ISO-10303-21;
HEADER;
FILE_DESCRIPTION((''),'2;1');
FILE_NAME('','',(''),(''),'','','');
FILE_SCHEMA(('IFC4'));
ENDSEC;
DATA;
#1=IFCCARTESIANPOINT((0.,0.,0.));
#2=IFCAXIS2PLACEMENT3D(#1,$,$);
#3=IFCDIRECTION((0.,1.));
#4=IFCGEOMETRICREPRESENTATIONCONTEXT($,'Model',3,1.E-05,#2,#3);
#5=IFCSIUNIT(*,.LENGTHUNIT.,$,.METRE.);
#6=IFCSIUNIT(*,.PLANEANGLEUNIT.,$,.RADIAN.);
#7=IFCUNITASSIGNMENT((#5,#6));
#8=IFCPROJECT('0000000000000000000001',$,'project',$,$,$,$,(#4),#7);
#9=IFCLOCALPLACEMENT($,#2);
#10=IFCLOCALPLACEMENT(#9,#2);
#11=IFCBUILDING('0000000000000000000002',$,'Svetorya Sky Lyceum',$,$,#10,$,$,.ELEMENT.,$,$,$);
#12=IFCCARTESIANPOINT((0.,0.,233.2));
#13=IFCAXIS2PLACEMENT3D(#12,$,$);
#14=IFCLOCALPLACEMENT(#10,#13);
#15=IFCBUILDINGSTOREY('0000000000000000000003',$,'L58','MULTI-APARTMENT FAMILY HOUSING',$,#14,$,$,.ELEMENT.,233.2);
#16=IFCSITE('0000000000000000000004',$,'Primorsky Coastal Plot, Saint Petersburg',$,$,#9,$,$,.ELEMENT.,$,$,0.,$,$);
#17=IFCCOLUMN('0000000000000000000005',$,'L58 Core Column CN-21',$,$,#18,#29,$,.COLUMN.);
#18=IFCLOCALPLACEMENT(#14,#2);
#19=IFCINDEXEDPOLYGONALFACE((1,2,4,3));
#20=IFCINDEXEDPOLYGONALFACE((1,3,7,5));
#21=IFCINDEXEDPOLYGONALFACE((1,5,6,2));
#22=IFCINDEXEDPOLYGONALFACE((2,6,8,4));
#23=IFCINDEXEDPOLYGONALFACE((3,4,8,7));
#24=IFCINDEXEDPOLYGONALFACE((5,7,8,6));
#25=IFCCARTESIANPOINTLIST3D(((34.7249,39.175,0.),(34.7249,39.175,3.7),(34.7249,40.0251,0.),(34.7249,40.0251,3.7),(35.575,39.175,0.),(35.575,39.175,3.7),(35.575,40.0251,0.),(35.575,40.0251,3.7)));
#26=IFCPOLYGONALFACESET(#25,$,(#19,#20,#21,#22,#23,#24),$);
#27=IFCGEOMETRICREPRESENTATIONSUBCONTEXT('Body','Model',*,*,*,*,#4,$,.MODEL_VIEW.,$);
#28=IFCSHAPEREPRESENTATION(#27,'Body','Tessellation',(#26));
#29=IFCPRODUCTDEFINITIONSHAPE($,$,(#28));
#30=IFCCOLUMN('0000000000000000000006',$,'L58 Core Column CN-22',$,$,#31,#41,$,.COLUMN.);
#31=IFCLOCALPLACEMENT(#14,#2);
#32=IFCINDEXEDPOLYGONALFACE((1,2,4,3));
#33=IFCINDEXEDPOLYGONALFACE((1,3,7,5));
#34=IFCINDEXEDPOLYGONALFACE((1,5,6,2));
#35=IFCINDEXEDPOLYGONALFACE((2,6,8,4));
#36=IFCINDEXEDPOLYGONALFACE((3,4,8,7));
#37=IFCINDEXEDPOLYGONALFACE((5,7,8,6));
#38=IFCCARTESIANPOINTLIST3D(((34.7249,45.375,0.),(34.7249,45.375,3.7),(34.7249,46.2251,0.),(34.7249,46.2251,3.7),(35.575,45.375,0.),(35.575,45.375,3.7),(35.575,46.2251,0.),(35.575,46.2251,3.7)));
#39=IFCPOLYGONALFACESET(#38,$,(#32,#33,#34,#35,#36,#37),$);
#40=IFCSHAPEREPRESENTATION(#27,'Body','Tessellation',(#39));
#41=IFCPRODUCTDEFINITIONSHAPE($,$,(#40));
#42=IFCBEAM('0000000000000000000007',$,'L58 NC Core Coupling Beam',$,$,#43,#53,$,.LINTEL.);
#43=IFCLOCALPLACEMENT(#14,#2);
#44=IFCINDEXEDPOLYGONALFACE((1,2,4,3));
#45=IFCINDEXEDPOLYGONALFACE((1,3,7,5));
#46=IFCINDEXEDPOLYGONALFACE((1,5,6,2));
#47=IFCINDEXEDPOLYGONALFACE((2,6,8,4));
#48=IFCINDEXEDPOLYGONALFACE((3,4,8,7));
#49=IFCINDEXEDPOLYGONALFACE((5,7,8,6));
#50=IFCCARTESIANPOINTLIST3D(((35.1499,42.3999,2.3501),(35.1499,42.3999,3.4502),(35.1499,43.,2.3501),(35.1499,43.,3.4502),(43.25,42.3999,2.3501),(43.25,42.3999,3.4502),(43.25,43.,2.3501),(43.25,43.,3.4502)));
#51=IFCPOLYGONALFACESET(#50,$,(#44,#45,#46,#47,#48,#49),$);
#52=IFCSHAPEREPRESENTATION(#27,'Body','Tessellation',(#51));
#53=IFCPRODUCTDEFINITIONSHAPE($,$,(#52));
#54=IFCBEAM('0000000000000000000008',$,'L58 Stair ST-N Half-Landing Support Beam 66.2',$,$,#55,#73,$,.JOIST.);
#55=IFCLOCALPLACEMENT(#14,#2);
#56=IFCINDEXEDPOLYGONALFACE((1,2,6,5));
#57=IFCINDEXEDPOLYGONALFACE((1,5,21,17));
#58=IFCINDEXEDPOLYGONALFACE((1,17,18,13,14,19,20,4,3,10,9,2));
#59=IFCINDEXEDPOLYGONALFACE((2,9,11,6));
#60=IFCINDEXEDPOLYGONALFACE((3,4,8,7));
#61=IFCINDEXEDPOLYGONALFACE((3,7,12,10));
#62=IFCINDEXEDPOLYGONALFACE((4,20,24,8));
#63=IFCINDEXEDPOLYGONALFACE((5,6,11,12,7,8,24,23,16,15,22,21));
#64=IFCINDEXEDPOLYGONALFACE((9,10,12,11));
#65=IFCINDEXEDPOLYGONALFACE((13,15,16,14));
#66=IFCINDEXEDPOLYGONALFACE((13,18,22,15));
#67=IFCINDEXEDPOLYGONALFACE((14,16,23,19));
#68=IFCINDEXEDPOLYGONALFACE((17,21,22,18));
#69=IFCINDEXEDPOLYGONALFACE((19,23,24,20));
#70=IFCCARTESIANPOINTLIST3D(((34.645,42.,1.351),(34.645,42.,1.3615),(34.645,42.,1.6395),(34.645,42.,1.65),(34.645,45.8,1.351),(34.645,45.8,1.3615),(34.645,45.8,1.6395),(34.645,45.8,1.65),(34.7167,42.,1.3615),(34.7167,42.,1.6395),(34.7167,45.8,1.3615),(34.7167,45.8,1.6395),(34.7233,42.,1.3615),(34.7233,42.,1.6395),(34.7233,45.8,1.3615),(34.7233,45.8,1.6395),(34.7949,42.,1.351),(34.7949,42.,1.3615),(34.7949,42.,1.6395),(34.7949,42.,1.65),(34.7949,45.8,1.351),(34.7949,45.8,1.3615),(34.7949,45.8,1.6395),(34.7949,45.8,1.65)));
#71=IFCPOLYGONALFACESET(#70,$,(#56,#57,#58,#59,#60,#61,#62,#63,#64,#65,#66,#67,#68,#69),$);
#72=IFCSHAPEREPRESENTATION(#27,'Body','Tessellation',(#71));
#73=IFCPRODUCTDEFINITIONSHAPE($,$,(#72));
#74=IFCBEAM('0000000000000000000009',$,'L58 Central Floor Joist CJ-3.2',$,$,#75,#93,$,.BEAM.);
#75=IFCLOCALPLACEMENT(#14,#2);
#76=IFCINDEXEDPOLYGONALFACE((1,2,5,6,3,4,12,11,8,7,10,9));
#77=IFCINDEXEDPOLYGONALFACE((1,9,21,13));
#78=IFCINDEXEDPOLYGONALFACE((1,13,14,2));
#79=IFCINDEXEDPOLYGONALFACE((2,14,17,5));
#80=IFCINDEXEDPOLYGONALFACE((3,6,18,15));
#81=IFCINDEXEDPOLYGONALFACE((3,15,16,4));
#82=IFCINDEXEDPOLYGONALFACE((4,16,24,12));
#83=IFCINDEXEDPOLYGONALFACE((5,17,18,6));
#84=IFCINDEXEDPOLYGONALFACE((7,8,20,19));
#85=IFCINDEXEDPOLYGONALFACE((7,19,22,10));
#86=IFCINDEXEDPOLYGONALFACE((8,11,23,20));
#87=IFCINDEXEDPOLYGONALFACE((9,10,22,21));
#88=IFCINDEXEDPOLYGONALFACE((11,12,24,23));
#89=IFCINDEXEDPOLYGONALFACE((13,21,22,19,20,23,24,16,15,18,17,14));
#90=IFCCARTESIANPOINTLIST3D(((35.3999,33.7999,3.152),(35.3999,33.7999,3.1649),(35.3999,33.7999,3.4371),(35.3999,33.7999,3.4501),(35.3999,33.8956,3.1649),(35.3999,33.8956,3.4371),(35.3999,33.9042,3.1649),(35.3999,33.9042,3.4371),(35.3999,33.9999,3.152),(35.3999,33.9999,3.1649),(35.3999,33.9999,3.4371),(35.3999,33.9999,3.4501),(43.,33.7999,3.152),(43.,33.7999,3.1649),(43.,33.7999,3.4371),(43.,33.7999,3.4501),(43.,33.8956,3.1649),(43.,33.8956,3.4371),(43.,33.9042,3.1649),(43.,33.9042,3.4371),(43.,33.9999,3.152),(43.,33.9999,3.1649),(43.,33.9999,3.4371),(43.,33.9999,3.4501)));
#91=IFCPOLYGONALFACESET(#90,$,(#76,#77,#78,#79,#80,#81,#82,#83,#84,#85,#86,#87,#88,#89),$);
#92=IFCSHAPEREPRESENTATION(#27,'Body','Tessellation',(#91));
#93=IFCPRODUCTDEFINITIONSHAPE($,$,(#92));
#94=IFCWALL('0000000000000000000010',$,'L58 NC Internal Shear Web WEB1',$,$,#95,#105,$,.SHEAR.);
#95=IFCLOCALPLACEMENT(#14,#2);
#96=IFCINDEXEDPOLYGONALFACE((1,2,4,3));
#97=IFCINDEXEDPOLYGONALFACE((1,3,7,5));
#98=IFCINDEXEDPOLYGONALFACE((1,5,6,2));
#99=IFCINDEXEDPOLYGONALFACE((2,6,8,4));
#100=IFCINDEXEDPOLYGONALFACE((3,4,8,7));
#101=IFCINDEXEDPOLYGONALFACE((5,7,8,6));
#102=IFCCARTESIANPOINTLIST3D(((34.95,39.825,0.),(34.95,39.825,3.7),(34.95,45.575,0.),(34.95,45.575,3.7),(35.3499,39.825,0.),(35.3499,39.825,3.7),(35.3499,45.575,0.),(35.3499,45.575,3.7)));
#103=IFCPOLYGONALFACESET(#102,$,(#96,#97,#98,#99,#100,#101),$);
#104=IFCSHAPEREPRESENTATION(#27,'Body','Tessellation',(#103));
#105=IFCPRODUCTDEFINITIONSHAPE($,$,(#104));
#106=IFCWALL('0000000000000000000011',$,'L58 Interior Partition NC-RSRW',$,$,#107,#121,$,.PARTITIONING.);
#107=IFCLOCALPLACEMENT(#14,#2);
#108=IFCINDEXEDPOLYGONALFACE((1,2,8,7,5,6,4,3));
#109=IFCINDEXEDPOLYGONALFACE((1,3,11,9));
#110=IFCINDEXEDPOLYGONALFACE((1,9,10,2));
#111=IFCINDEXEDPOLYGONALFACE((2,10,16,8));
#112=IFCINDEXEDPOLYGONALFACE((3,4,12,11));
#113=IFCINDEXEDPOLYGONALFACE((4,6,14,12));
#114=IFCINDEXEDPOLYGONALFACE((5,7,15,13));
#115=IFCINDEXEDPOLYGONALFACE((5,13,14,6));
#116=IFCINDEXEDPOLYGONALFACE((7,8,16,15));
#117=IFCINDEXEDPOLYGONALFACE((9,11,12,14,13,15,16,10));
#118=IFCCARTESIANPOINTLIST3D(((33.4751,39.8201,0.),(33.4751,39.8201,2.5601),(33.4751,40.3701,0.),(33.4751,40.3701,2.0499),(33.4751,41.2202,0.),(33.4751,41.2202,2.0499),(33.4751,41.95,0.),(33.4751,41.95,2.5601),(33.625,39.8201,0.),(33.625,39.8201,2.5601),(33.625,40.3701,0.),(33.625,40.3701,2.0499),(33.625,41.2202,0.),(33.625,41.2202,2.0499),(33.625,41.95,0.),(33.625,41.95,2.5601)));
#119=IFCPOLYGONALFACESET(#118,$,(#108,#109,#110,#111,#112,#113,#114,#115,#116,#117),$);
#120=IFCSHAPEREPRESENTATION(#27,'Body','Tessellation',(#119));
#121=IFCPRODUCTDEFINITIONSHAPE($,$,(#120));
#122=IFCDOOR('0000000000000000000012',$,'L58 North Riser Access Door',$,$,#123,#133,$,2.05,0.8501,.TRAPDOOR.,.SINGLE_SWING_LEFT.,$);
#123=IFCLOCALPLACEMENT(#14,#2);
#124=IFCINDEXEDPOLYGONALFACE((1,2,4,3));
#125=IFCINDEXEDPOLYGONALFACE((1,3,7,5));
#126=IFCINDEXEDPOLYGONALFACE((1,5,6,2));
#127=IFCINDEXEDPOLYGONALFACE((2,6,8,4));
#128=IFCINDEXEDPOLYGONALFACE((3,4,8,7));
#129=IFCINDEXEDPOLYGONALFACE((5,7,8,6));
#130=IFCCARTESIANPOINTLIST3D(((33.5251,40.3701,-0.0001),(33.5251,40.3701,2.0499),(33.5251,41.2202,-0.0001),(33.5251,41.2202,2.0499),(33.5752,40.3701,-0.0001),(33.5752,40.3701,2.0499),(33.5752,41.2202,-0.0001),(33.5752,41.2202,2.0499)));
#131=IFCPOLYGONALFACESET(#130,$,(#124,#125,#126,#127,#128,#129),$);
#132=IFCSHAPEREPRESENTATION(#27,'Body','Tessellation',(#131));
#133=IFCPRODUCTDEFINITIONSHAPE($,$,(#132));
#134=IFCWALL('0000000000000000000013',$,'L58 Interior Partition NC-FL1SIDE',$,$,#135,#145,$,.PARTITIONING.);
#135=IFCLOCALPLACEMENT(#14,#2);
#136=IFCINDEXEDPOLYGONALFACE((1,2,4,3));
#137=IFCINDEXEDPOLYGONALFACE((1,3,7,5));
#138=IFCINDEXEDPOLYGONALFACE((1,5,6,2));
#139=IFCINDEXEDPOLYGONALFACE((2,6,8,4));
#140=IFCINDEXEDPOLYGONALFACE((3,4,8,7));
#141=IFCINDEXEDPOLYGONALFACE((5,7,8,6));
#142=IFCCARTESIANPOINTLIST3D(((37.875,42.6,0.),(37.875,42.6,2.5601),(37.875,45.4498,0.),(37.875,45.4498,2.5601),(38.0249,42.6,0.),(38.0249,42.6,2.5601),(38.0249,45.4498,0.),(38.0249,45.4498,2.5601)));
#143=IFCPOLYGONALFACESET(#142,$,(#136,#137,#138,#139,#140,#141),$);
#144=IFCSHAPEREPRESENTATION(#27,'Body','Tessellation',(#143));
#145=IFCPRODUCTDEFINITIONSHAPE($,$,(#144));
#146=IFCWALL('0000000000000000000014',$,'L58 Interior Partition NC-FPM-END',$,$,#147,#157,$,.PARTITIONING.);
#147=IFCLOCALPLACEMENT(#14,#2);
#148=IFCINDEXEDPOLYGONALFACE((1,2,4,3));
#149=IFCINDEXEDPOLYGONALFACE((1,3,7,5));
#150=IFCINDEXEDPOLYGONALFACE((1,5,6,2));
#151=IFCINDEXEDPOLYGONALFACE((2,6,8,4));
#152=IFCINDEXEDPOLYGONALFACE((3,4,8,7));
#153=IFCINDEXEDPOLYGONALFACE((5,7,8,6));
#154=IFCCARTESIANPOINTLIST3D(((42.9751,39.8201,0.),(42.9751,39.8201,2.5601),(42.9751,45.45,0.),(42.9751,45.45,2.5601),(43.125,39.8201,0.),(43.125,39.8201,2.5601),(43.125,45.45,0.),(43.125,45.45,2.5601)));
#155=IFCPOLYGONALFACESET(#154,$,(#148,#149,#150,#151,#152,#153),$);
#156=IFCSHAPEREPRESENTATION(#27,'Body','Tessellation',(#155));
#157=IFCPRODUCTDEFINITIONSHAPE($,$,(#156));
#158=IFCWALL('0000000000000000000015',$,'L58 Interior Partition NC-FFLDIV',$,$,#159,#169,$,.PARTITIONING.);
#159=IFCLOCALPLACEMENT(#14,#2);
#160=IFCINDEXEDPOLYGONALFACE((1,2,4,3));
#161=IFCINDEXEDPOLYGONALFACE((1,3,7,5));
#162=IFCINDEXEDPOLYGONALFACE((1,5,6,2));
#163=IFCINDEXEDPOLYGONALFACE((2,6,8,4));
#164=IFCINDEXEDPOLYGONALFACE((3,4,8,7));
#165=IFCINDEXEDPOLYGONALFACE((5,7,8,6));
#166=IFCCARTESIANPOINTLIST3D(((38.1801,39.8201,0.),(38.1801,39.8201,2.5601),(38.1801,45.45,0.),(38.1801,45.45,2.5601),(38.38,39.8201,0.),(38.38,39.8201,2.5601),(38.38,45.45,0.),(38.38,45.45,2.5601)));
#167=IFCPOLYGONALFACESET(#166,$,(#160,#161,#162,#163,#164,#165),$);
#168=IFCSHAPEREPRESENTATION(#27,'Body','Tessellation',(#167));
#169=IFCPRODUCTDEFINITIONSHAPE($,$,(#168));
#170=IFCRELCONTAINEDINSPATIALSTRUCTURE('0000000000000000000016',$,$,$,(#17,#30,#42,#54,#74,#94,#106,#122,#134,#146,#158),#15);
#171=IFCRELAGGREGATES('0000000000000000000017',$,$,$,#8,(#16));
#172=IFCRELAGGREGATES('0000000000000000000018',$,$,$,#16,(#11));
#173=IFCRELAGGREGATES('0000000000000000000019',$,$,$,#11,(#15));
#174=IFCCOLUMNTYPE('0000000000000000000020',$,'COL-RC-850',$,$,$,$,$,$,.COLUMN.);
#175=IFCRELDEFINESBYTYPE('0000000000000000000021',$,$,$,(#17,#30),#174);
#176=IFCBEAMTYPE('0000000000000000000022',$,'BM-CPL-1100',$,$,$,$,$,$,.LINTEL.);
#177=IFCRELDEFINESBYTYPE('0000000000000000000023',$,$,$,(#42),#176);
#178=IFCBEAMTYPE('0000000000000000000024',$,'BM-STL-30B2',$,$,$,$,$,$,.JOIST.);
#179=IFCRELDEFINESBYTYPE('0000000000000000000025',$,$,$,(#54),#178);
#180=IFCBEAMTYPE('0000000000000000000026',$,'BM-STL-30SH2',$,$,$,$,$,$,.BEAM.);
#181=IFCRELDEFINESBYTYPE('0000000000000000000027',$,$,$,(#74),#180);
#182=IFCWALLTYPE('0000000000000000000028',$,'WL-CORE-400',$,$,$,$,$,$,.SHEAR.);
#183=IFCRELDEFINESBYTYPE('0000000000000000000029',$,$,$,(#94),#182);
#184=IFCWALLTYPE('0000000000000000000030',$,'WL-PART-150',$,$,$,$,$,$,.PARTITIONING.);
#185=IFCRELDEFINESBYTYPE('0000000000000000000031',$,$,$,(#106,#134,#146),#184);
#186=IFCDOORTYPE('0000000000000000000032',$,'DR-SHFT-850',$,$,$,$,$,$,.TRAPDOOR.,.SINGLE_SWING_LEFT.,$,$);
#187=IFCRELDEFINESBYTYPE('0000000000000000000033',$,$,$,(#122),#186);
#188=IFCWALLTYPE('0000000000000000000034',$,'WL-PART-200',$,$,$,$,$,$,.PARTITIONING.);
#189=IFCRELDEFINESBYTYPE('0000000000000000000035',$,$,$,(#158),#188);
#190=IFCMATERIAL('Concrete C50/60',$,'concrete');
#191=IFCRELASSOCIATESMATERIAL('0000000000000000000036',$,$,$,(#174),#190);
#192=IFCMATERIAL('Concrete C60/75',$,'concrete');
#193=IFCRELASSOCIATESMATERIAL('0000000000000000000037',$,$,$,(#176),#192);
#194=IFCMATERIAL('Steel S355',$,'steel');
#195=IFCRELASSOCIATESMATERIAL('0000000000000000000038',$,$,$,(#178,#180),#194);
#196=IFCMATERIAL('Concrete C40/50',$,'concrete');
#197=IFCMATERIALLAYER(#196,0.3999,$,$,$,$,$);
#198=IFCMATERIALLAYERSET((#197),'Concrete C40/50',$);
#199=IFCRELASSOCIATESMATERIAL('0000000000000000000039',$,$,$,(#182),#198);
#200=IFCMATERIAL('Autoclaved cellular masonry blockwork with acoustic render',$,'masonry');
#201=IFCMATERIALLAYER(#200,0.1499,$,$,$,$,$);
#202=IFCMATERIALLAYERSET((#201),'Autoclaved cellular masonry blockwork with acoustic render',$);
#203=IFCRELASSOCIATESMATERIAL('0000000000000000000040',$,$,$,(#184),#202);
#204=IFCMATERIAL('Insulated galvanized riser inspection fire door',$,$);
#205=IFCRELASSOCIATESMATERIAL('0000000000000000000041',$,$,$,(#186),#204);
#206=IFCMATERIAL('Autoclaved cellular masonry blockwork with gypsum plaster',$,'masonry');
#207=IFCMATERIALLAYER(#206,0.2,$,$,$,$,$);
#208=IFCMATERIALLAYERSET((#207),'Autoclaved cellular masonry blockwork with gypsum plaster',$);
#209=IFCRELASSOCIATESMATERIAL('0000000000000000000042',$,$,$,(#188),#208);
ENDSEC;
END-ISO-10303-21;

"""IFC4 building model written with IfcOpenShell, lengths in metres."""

from ifc_helpers import new_model, si_unit, direction, frame, frame_2d, origin, origin_2d, place, context, subcontext, project, spatial, rectangle, i_section, extrude, material, layer, layer_set, material_profile, profile_set, type_object, element, fill, save


model = new_model("IFC4")

# Units and contexts
model_context = context("Model", 3, precision=1e-05, world=origin(), true_north=direction((0.0, 1.0)))
body_context = subcontext(model_context, "Body", "Model", "MODEL_VIEW")
ifc_project = project(units=[si_unit("LENGTHUNIT", "METRE"), si_unit("PLANEANGLEUNIT", "RADIAN")], contexts=[model_context])

# Site, building, storey
site_placement = place(None, origin())
site = spatial("IfcSite", under=ifc_project, at=site_placement, Name="Primorsky Coastal Plot, Saint Petersburg", CompositionType="ELEMENT", RefElevation=0.0)
building_placement = place(site_placement, origin())
building = spatial("IfcBuilding", under=site, at=building_placement, Name="Svetorya Sky Lyceum", CompositionType="ELEMENT")
storey_placement = place(building_placement, frame((0.0, 0.0, 233.2)))
storey = spatial("IfcBuildingStorey", under=building, at=storey_placement, Name="L58", Description="MULTI-APARTMENT FAMILY HOUSING", CompositionType="ELEMENT", Elevation=233.2)

# Columns
ifc_material_1 = material(Name="Concrete C50/60", Category="concrete")
ifc_material_profile_1 = material_profile(ifc_material_1, rectangle(XDim=0.8501, YDim=0.8501, at=origin_2d()), Name="RC COL 850x850")
ifc_profile_set_1 = profile_set([ifc_material_profile_1], Name="Concrete C50/60")
column_type = type_object("IfcColumnType", Name="COL-RC-850", PredefinedType="COLUMN", material=ifc_profile_set_1)
for number, where, z_axis, x_axis, name in (
    (1, (35.1499, 39.6001, 0.0), (0.0, 0.0, 1.0), (1.0, 0.0, 0.0), "L58 Core Column CN-21"),
    (2, (35.1499, 45.8, 0.0), (0.0, 0.0, 1.0), (1.0, 0.0, 0.0), "L58 Core Column CN-22"),
):
    element("IfcColumn", number, at=place(storey_placement, frame(where, z_axis=z_axis, x_axis=x_axis)), inside=storey, type_object=column_type, Name=name, PredefinedType="COLUMN", context=body_context, shape_type="SweptSolid", body=[
        extrude(rectangle(XDim=0.8501, YDim=0.8501, at=origin_2d()), origin(), (0.0, 0.0, 1.0), 3.7),
    ])

# Beams
ifc_material_2 = material(Name="Concrete C60/75", Category="concrete")
ifc_material_profile_2 = material_profile(ifc_material_2, rectangle(XDim=0.6001, YDim=1.1001, at=origin_2d()), Name="RC COUPLING 600x1100")
ifc_profile_set_2 = profile_set([ifc_material_profile_2], Name="Concrete C60/75")
beam_type_1 = type_object("IfcBeamType", Name="BM-CPL-1100", PredefinedType="LINTEL", material=ifc_profile_set_2)
beam_1_placement = place(storey_placement, frame((35.1499, 42.7, 2.9001), z_axis=(1.0, 0.0, 0.0), x_axis=(0.0, 1.0, 0.0)))
element("IfcBeam", 3, at=beam_1_placement, inside=storey, type_object=beam_type_1, Name="L58 NC Core Coupling Beam", PredefinedType="LINTEL", context=body_context, shape_type="SweptSolid", body=[
    extrude(rectangle(XDim=0.6001, YDim=1.1001, at=origin_2d()), origin(), (0.0, 0.0, 1.0), 8.1001),
])
ifc_material_3 = material(Name="Steel S355", Category="steel")
ifc_material_profile_3 = material_profile(ifc_material_3, i_section(OverallWidth=0.1499, OverallDepth=0.2991, WebThickness=0.0066, FlangeThickness=0.0105, at=origin_2d()), Name="GOST 30B2")
ifc_profile_set_3 = profile_set([ifc_material_profile_3], Name="Steel S355")
beam_type_2 = type_object("IfcBeamType", Name="BM-STL-30B2", PredefinedType="JOIST", material=ifc_profile_set_3)
beam_2_placement = place(storey_placement, frame((34.72, 42.0, 1.5005), z_axis=(0.0, 1.0, 0.0), x_axis=(-1.0, 0.0, 0.0)))
element("IfcBeam", 4, at=beam_2_placement, inside=storey, type_object=beam_type_2, Name="L58 Stair ST-N Half-Landing Support Beam 66.2", PredefinedType="JOIST", context=body_context, shape_type="SweptSolid", body=[
    extrude(i_section(OverallWidth=0.1499, OverallDepth=0.2991, WebThickness=0.0066, FlangeThickness=0.0105, at=origin_2d()), origin(), (0.0, 0.0, 1.0), 3.8),
])
ifc_material_profile_4 = material_profile(ifc_material_3, i_section(OverallWidth=0.2, OverallDepth=0.2981, WebThickness=0.0085, FlangeThickness=0.0129, at=origin_2d()), Name="GOST 30Sh2")
ifc_profile_set_4 = profile_set([ifc_material_profile_4], Name="Steel S355")
beam_type_3 = type_object("IfcBeamType", Name="BM-STL-30SH2", PredefinedType="BEAM", material=ifc_profile_set_4)
beam_3_placement = place(storey_placement, frame((35.3999, 33.8999, 3.301), z_axis=(1.0, 0.0, 0.0), x_axis=(0.0, 1.0, 0.0)))
element("IfcBeam", 5, at=beam_3_placement, inside=storey, type_object=beam_type_3, Name="L58 Central Floor Joist CJ-3.2", PredefinedType="BEAM", context=body_context, shape_type="SweptSolid", body=[
    extrude(i_section(OverallWidth=0.2, OverallDepth=0.2981, WebThickness=0.0085, FlangeThickness=0.0129, at=origin_2d()), origin(), (0.0, 0.0, 1.0), 7.6001),
])

# Wall
ifc_material_4 = material(Name="Concrete C40/50", Category="concrete")
ifc_layer_1 = layer(ifc_material_4, 0.3999)
ifc_layer_set_1 = layer_set([ifc_layer_1], Name="Concrete C40/50")
wall_type_1 = type_object("IfcWallType", Name="WL-CORE-400", PredefinedType="SHEAR", material=ifc_layer_set_1)
wall_1_placement = place(storey_placement, frame((35.1499, 39.825, 0.0), z_axis=(0.0, 0.0, 1.0), x_axis=(0.0, 1.0, 0.0)))
element("IfcWall", 6, at=wall_1_placement, inside=storey, type_object=wall_type_1, Name="L58 NC Internal Shear Web WEB1", PredefinedType="SHEAR", context=body_context, shape_type="SweptSolid", body=[
    extrude(rectangle(XDim=5.75, YDim=0.3999, at=frame_2d((2.875, 0.0))), origin(), (0.0, 0.0, 1.0), 3.7),
])

# Wall, opening, door
ifc_material_5 = material(Name="Autoclaved cellular masonry blockwork with acoustic render", Category="masonry")
ifc_layer_2 = layer(ifc_material_5, 0.1499)
ifc_layer_set_2 = layer_set([ifc_layer_2], Name="Autoclaved cellular masonry blockwork with acoustic render")
wall_type_2 = type_object("IfcWallType", Name="WL-PART-150", PredefinedType="PARTITIONING", material=ifc_layer_set_2)
wall_2_placement = place(storey_placement, frame((33.55, 39.8201, 0.0), z_axis=(0.0, 0.0, 1.0), x_axis=(0.0, 1.0, 0.0)))
wall_2 = element("IfcWall", 7, at=wall_2_placement, inside=storey, type_object=wall_type_2, Name="L58 Interior Partition NC-RSRW", PredefinedType="PARTITIONING", context=body_context, shape_type="SweptSolid", body=[
    extrude(rectangle(XDim=2.1299, YDim=0.1499, at=frame_2d((1.0649, 0.0))), origin(), (0.0, 0.0, 1.0), 2.5601),
])
opening_1_placement = place(wall_2_placement, frame((0.55, 0.0, 0.0)))
opening_1 = element("IfcOpeningElement", 8, at=opening_1_placement, cuts=wall_2, PredefinedType="OPENING", context=body_context, shape_type="SweptSolid", body=[
    extrude(rectangle(XDim=0.8501, YDim=2.05, at=frame_2d((0.425, 1.0249))), frame((0.0, 0.085, 0.0), z_axis=(0.0, -1.0, 0.0), x_axis=(1.0, 0.0, 0.0)), (0.0, 0.0, 1.0), 0.1699),
])
ifc_material_6 = material(Name="Insulated galvanized riser inspection fire door")
door_type_1 = type_object("IfcDoorType", Name="DR-SHFT-850", OperationType="SINGLE_SWING_LEFT", PredefinedType="TRAPDOOR", material=ifc_material_6)
door_1_placement = place(opening_1_placement, origin())
door_1 = element("IfcDoor", 9, at=door_1_placement, inside=storey, type_object=door_type_1, Name="L58 North Riser Access Door", OperationType="SINGLE_SWING_LEFT", OverallHeight=2.05, OverallWidth=0.8501, PredefinedType="TRAPDOOR", context=body_context, shape_type="SweptSolid", body=[
    extrude(rectangle(XDim=0.8501, YDim=2.05, at=frame_2d((0.425, 1.0249))), frame((0.0, 0.0249, 0.0), z_axis=(0.0, -1.0, 0.0), x_axis=(1.0, 0.0, 0.0)), (0.0, 0.0, 1.0), 0.05),
])
fill(opening_1, door_1)

# Walls
wall_3_placement = place(storey_placement, frame((37.95, 42.6001, 0.0), z_axis=(0.0, 0.0, 1.0), x_axis=(0.0, 1.0, 0.0)))
element("IfcWall", 10, at=wall_3_placement, inside=storey, type_object=wall_type_2, Name="L58 Interior Partition NC-FL1SIDE", PredefinedType="PARTITIONING", context=body_context, shape_type="SweptSolid", body=[
    extrude(rectangle(XDim=2.8499, YDim=0.1499, at=frame_2d((1.4248, 0.0))), origin(), (0.0, 0.0, 1.0), 2.5601),
])
wall_4_placement = place(storey_placement, frame((43.05, 39.8201, 0.0), z_axis=(0.0, 0.0, 1.0), x_axis=(0.0, 1.0, 0.0)))
element("IfcWall", 11, at=wall_4_placement, inside=storey, type_object=wall_type_2, Name="L58 Interior Partition NC-FPM-END", PredefinedType="PARTITIONING", context=body_context, shape_type="SweptSolid", body=[
    extrude(rectangle(XDim=5.6299, YDim=0.1499, at=frame_2d((2.8149, 0.0))), origin(), (0.0, 0.0, 1.0), 2.5601),
])

# Shared definitions
ifc_material_7 = material(Name="Autoclaved cellular masonry blockwork with gypsum plaster", Category="masonry")
ifc_layer_3 = layer(ifc_material_7, 0.2)
ifc_layer_set_3 = layer_set([ifc_layer_3], Name="Autoclaved cellular masonry blockwork with gypsum plaster")
wall_type_3 = type_object("IfcWallType", Name="WL-PART-200", PredefinedType="PARTITIONING", material=ifc_layer_set_3)

# Wall
wall_5_placement = place(storey_placement, frame((38.28, 39.8201, 0.0), z_axis=(0.0, 0.0, 1.0), x_axis=(0.0, 1.0, 0.0)))
element("IfcWall", 12, at=wall_5_placement, inside=storey, type_object=wall_type_3, Name="L58 Interior Partition NC-FFLDIV", PredefinedType="PARTITIONING", context=body_context, shape_type="SweptSolid", body=[
    extrude(rectangle(XDim=5.6299, YDim=0.2, at=frame_2d((2.8149, 0.0))), origin(), (0.0, 0.0, 1.0), 2.5601),
])

save(model, "model.ifc")
